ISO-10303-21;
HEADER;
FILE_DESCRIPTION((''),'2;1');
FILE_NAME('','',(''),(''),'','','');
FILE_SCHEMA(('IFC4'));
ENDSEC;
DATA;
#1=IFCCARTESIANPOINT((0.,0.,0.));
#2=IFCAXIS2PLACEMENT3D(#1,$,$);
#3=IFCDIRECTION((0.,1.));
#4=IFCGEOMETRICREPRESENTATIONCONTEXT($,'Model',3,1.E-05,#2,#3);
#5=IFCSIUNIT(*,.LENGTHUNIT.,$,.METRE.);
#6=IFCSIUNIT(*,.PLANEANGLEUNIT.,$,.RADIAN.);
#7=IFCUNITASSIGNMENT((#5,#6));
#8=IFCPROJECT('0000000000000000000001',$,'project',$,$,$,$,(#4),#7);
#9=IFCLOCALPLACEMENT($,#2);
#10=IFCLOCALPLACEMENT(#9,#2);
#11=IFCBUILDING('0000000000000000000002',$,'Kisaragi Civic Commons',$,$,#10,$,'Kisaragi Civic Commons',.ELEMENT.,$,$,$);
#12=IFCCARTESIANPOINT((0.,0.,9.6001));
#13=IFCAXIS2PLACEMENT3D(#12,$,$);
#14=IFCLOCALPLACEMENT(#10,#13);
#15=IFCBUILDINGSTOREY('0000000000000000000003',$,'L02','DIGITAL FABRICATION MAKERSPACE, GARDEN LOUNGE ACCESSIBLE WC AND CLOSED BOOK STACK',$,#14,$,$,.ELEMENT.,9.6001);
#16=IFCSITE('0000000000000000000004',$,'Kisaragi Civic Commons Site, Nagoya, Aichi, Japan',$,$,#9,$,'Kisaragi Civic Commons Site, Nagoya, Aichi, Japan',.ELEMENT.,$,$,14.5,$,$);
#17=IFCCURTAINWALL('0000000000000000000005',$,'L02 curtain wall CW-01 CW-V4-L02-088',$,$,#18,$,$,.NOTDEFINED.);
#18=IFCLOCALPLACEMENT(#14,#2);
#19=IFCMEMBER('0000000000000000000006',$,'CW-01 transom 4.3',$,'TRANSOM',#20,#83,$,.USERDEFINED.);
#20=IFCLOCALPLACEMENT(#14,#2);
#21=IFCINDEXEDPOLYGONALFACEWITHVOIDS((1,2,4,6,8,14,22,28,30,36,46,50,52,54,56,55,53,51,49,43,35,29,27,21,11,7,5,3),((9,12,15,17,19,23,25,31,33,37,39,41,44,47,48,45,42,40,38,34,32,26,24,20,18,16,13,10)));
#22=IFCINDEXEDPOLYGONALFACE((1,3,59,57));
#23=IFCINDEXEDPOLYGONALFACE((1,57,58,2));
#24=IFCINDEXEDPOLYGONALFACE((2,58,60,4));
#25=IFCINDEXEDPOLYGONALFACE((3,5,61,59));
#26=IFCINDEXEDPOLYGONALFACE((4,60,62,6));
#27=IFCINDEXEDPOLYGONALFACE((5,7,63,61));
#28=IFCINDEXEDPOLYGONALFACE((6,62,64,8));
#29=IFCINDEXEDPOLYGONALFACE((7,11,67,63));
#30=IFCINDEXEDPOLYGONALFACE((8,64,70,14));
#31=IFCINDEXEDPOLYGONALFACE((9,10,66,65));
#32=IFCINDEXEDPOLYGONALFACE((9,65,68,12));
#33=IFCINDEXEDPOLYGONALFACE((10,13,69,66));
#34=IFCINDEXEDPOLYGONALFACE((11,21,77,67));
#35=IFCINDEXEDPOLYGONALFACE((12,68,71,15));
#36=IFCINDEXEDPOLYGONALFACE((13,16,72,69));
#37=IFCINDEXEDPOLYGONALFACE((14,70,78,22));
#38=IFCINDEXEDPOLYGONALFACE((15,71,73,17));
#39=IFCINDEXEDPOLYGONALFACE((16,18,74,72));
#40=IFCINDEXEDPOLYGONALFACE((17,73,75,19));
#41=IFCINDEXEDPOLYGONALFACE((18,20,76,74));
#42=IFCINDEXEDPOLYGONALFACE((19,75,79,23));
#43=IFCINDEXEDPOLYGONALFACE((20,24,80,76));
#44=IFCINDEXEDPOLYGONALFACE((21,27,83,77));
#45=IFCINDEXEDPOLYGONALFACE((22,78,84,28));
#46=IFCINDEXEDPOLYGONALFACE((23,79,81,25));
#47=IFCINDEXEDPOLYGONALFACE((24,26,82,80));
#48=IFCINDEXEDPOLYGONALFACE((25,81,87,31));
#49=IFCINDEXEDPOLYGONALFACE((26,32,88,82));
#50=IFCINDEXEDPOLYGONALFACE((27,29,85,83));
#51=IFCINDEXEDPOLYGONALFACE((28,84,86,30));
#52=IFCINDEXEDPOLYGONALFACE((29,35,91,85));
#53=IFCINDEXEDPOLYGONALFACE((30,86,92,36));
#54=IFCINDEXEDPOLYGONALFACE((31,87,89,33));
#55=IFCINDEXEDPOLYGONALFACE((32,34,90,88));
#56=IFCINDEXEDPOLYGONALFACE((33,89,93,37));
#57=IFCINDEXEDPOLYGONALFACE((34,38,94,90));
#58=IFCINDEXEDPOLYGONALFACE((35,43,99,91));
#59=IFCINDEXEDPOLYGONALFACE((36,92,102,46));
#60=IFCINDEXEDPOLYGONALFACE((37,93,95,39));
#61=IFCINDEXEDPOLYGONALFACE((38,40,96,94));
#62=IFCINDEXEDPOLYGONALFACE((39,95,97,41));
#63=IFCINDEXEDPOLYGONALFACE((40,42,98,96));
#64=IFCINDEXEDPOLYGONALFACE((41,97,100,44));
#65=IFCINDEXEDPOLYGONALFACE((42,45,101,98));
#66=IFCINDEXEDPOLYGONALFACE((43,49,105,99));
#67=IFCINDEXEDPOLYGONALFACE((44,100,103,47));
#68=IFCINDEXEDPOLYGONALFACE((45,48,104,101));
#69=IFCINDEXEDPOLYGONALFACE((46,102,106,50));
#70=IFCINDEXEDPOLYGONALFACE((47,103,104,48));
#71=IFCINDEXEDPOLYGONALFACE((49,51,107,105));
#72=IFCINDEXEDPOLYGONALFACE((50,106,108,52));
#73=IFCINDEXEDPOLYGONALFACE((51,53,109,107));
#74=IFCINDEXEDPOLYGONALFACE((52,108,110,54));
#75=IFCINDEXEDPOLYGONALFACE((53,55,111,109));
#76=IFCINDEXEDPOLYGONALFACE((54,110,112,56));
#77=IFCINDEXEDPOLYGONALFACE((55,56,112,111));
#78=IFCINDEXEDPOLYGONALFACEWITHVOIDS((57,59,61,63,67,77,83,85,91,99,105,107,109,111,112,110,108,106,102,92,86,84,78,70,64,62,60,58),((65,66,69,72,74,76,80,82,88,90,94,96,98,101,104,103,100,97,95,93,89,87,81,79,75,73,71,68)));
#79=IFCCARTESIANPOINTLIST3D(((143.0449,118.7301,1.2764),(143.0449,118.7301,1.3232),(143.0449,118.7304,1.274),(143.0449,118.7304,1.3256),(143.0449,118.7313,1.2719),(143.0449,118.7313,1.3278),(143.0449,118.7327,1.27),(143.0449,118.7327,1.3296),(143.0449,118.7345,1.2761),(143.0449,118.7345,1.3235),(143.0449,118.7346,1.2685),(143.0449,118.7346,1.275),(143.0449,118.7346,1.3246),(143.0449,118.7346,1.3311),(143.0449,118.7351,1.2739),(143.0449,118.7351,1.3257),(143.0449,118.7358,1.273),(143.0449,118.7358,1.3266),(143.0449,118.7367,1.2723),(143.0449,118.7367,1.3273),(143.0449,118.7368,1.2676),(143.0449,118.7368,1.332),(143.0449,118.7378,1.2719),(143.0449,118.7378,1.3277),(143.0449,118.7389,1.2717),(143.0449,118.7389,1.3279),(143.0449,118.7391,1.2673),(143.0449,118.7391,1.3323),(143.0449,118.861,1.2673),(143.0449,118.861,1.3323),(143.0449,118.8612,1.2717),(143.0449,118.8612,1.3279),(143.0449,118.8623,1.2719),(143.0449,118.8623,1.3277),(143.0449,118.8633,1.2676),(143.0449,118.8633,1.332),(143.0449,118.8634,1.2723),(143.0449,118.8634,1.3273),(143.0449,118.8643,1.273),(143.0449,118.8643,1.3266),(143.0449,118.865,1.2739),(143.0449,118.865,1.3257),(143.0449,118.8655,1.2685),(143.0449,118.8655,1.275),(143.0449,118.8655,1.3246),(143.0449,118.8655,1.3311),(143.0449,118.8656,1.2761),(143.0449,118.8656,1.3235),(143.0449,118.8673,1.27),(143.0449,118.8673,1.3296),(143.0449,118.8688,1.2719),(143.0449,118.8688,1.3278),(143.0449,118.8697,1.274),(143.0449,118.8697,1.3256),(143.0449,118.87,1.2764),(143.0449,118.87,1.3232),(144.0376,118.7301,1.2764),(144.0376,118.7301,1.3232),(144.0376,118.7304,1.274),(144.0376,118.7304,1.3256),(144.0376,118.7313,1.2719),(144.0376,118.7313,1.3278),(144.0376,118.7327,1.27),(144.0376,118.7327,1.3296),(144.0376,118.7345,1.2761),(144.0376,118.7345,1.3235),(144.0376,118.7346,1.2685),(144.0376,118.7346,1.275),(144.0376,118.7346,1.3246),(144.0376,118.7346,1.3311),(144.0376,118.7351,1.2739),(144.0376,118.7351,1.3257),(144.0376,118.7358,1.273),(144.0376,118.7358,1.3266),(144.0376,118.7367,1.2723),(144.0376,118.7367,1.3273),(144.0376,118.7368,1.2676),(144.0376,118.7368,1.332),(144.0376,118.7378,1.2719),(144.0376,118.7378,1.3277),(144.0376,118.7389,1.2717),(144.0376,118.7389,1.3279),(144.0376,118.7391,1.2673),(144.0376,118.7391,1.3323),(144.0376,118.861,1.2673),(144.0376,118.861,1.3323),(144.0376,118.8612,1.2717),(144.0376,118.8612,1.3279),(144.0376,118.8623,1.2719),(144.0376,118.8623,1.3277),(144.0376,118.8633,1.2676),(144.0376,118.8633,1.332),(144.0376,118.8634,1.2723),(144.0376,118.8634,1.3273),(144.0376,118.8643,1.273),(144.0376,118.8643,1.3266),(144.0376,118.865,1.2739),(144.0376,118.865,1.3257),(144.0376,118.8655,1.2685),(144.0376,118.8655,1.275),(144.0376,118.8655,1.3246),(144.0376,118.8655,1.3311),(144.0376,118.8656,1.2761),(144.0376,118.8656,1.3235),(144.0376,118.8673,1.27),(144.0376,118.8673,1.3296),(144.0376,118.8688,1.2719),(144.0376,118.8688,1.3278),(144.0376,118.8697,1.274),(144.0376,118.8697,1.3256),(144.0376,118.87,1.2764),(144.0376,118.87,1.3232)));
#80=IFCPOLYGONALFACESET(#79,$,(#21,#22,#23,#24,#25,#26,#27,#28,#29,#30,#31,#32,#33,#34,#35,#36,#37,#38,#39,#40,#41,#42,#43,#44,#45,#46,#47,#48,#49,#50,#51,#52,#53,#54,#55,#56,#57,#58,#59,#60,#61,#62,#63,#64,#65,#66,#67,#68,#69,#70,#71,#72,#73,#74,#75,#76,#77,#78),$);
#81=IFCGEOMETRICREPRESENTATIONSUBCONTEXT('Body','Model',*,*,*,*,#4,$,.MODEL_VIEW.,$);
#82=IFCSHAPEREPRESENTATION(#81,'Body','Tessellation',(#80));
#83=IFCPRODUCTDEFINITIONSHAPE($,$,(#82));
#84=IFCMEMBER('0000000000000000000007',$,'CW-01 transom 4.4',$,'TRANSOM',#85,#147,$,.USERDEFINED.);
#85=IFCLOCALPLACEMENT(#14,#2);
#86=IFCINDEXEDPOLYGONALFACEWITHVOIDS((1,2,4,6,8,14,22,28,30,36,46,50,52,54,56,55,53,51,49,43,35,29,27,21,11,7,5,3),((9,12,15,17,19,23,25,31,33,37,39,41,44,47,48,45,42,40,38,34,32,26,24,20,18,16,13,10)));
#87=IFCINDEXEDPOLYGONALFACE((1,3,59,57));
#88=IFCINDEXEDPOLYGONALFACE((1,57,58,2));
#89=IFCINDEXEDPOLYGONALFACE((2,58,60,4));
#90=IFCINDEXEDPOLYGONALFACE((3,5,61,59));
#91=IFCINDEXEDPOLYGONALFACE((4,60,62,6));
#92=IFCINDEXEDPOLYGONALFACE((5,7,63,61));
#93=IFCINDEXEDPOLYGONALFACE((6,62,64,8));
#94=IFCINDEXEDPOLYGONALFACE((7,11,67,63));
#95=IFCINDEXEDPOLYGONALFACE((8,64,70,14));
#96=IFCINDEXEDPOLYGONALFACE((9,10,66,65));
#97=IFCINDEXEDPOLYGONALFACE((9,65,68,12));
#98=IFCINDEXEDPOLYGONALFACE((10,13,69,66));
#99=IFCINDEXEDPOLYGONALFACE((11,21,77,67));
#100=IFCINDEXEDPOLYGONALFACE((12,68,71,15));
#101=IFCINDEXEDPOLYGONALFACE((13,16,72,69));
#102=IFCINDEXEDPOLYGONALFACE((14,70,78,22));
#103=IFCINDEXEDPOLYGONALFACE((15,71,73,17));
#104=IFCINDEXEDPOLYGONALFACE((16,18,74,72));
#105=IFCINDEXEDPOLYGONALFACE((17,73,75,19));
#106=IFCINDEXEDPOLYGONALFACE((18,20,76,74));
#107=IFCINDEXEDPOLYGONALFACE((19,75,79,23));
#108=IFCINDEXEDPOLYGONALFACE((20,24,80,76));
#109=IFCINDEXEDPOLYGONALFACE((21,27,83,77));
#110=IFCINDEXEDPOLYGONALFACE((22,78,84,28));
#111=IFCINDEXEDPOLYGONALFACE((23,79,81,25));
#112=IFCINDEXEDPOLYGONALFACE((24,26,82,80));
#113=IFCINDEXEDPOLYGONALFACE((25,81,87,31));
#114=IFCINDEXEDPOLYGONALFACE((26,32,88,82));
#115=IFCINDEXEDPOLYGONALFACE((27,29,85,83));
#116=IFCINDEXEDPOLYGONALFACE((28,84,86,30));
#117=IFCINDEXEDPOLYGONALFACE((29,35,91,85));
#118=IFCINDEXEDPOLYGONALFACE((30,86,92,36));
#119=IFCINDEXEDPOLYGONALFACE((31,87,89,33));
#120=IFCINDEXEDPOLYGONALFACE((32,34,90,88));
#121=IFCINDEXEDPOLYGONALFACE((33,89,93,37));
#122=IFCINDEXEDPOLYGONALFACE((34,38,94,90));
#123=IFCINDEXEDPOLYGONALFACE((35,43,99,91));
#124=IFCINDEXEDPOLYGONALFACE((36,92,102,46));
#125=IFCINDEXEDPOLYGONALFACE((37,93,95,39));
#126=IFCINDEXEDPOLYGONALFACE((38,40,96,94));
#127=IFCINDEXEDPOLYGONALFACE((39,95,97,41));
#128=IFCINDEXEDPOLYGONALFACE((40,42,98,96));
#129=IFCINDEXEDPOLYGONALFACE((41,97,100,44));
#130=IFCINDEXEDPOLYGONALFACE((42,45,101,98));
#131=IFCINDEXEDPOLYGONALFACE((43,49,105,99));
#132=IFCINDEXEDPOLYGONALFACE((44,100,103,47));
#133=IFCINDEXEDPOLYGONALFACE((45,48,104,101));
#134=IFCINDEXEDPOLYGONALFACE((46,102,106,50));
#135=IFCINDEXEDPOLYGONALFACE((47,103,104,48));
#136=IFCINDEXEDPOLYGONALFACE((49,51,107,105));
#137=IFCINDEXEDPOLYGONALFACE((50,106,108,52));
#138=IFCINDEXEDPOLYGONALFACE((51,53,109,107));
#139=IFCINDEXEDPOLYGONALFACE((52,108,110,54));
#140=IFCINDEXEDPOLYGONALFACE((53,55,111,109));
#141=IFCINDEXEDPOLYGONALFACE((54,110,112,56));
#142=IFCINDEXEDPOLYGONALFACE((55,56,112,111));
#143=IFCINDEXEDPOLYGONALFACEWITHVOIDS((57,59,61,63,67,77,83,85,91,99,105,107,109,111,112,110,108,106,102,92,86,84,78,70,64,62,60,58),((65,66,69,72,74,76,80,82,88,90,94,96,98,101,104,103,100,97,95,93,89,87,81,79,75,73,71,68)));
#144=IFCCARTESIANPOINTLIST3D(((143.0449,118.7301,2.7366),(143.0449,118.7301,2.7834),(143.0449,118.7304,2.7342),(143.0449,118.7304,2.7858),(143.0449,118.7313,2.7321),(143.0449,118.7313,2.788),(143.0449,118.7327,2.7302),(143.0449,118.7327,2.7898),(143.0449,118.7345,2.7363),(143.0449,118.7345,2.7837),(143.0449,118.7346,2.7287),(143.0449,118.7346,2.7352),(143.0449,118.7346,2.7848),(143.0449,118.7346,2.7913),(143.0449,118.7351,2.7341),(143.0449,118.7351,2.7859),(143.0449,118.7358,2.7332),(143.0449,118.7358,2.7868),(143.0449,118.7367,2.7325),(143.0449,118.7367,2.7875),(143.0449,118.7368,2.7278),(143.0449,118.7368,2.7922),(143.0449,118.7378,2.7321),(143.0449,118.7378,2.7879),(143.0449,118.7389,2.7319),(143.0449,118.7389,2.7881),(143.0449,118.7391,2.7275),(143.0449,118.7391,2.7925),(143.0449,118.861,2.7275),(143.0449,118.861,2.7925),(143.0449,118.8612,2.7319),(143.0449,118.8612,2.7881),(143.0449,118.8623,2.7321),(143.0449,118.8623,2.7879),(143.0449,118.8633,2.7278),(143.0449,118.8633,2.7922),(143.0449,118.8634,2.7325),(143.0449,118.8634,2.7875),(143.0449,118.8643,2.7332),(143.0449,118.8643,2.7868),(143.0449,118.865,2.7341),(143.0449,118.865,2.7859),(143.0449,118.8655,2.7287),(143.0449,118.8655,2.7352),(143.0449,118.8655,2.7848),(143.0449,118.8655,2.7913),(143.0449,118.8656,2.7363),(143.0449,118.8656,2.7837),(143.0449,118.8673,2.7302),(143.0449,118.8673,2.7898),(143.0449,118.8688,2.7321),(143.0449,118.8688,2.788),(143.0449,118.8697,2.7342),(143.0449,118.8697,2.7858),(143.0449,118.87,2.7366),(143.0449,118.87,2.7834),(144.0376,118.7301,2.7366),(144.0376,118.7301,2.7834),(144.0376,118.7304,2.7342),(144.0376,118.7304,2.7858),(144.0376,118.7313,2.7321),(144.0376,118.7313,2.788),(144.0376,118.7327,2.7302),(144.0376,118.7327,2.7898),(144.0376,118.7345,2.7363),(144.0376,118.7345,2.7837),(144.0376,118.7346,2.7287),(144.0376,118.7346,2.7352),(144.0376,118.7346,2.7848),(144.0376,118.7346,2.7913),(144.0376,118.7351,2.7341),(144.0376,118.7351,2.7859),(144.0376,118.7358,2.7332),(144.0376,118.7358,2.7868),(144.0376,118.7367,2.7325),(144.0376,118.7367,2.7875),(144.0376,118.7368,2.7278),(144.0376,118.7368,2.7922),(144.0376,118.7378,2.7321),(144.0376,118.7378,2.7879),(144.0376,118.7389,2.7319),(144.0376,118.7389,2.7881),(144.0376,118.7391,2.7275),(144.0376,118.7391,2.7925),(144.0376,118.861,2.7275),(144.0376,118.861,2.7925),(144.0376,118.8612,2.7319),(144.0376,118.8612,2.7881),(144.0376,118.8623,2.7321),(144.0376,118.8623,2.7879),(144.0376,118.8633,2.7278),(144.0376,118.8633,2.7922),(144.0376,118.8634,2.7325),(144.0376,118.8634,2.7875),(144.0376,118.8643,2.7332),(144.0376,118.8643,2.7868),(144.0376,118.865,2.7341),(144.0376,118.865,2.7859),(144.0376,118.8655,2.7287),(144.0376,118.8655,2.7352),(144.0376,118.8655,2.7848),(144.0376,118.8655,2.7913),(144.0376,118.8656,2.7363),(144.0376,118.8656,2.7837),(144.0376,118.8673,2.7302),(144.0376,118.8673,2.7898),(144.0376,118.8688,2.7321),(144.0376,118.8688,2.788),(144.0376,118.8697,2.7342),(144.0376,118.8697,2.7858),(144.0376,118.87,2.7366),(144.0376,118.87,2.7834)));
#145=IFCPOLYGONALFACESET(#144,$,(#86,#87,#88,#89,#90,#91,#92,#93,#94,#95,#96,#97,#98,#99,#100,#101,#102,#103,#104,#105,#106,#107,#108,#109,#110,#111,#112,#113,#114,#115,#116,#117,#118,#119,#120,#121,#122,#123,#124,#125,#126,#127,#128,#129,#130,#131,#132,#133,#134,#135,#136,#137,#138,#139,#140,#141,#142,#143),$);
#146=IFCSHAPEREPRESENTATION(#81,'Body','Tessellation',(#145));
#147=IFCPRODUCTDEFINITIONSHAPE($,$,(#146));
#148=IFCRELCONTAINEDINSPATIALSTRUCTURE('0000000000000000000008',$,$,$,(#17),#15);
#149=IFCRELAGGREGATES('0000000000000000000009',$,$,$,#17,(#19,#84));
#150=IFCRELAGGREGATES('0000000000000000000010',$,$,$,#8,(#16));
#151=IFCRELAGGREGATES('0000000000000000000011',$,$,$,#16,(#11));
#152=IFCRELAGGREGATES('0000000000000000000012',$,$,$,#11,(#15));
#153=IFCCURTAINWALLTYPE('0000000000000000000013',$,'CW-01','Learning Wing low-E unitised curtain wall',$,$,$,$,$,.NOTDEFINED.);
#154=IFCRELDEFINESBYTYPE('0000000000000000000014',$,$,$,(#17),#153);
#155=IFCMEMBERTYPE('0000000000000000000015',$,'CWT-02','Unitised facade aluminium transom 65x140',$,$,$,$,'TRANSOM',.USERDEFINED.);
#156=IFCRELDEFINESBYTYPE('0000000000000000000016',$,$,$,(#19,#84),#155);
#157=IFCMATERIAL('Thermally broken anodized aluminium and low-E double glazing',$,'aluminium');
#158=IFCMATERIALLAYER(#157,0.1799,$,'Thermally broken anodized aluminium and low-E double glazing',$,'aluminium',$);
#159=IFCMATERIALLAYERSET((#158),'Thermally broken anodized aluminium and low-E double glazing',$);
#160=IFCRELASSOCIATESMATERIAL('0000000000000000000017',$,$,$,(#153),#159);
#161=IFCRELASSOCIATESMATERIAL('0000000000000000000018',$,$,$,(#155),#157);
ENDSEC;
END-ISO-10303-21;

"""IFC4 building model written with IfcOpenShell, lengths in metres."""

from ifc_helpers import new_model, si_unit, direction, frame, origin, origin_2d, place, context, subcontext, project, spatial, hollow_rectangle, extrude, material, layer, layer_set, material_profile, profile_set, type_object, element, aggregate, save


model = new_model("IFC4")

# Units and contexts
model_context = context("Model", 3, precision=1e-05, world=origin(), true_north=direction((0.0, 1.0)))
body_context = subcontext(model_context, "Body", "Model", "MODEL_VIEW")
ifc_project = project(units=[si_unit("LENGTHUNIT", "METRE"), si_unit("PLANEANGLEUNIT", "RADIAN")], contexts=[model_context])

# Site, building, storey
site_placement = place(None, origin())
site = spatial("IfcSite", under=ifc_project, at=site_placement, Name="Kisaragi Civic Commons Site, Nagoya, Aichi, Japan", LongName="Kisaragi Civic Commons Site, Nagoya, Aichi, Japan", CompositionType="ELEMENT", RefElevation=14.5)
building_placement = place(site_placement, origin())
building = spatial("IfcBuilding", under=site, at=building_placement, Name="Kisaragi Civic Commons", LongName="Kisaragi Civic Commons", CompositionType="ELEMENT")
storey_placement = place(building_placement, frame((0.0, 0.0, 9.6001)))
storey = spatial("IfcBuildingStorey", under=building, at=storey_placement, Name="L02", Description="DIGITAL FABRICATION MAKERSPACE, GARDEN LOUNGE ACCESSIBLE WC AND CLOSED BOOK STACK", CompositionType="ELEMENT", Elevation=9.6001)

# Curtain wall, members
ifc_material_1 = material(Name="Thermally broken anodized aluminium and low-E double glazing", Category="aluminium")
ifc_layer_1 = layer(ifc_material_1, 0.1799, Name="Thermally broken anodized aluminium and low-E double glazing", Category="aluminium")
ifc_layer_set_1 = layer_set([ifc_layer_1], Name="Thermally broken anodized aluminium and low-E double glazing")
curtain_wall_type = type_object("IfcCurtainWallType", Name="CW-01", Description="Learning Wing low-E unitised curtain wall", PredefinedType="NOTDEFINED", material=ifc_layer_set_1)
curtain_wall_placement = place(storey_placement, origin())
curtain_wall = element("IfcCurtainWall", 1, at=curtain_wall_placement, inside=storey, type_object=curtain_wall_type, Name="L02 curtain wall CW-01 CW-V4-L02-088", PredefinedType="NOTDEFINED")
ifc_material_profile_1 = material_profile(ifc_material_1, hollow_rectangle(XDim=0.1399, YDim=0.0649, WallThickness=0.0044, InnerFilletRadius=0.0044, OuterFilletRadius=0.009, at=origin_2d()), Name="CWT-65x140x4.5", Category="aluminium")
ifc_profile_set_1 = profile_set([ifc_material_profile_1], Name="Thermally broken anodized aluminium and low-E double glazing")
member_type_1 = type_object("IfcMemberType", Name="CWT-02", Description="Unitised facade aluminium transom 65x140", ElementType="TRANSOM", PredefinedType="USERDEFINED", material=ifc_profile_set_1)
member_1_placement = place(storey_placement, frame((143.0449, 118.8, 1.2998), z_axis=(1.0, 0.0, 0.0), x_axis=(0.0, 1.0, 0.0)))
member_1 = element("IfcMember", 2, at=member_1_placement, type_object=member_type_1, Name="CW-01 transom 4.3", ObjectType="TRANSOM", PredefinedType="USERDEFINED", context=body_context, shape_type="SweptSolid", body=[
    extrude(hollow_rectangle(XDim=0.1399, YDim=0.0649, WallThickness=0.0044, InnerFilletRadius=0.0044, OuterFilletRadius=0.009, at=origin_2d()), origin(), (0.0, 0.0, 1.0), 0.9927),
])
member_2_placement = place(storey_placement, frame((143.0449, 118.8, 2.76), z_axis=(1.0, 0.0, 0.0), x_axis=(0.0, 1.0, 0.0)))
member_2 = element("IfcMember", 3, at=member_2_placement, type_object=member_type_1, Name="CW-01 transom 4.4", ObjectType="TRANSOM", PredefinedType="USERDEFINED", context=body_context, shape_type="SweptSolid", body=[
    extrude(hollow_rectangle(XDim=0.1399, YDim=0.0649, WallThickness=0.0044, InnerFilletRadius=0.0044, OuterFilletRadius=0.009, at=origin_2d()), origin(), (0.0, 0.0, 1.0), 0.9927),
])
aggregate(curtain_wall, [member_1, member_2])

save(model, "model.ifc")
